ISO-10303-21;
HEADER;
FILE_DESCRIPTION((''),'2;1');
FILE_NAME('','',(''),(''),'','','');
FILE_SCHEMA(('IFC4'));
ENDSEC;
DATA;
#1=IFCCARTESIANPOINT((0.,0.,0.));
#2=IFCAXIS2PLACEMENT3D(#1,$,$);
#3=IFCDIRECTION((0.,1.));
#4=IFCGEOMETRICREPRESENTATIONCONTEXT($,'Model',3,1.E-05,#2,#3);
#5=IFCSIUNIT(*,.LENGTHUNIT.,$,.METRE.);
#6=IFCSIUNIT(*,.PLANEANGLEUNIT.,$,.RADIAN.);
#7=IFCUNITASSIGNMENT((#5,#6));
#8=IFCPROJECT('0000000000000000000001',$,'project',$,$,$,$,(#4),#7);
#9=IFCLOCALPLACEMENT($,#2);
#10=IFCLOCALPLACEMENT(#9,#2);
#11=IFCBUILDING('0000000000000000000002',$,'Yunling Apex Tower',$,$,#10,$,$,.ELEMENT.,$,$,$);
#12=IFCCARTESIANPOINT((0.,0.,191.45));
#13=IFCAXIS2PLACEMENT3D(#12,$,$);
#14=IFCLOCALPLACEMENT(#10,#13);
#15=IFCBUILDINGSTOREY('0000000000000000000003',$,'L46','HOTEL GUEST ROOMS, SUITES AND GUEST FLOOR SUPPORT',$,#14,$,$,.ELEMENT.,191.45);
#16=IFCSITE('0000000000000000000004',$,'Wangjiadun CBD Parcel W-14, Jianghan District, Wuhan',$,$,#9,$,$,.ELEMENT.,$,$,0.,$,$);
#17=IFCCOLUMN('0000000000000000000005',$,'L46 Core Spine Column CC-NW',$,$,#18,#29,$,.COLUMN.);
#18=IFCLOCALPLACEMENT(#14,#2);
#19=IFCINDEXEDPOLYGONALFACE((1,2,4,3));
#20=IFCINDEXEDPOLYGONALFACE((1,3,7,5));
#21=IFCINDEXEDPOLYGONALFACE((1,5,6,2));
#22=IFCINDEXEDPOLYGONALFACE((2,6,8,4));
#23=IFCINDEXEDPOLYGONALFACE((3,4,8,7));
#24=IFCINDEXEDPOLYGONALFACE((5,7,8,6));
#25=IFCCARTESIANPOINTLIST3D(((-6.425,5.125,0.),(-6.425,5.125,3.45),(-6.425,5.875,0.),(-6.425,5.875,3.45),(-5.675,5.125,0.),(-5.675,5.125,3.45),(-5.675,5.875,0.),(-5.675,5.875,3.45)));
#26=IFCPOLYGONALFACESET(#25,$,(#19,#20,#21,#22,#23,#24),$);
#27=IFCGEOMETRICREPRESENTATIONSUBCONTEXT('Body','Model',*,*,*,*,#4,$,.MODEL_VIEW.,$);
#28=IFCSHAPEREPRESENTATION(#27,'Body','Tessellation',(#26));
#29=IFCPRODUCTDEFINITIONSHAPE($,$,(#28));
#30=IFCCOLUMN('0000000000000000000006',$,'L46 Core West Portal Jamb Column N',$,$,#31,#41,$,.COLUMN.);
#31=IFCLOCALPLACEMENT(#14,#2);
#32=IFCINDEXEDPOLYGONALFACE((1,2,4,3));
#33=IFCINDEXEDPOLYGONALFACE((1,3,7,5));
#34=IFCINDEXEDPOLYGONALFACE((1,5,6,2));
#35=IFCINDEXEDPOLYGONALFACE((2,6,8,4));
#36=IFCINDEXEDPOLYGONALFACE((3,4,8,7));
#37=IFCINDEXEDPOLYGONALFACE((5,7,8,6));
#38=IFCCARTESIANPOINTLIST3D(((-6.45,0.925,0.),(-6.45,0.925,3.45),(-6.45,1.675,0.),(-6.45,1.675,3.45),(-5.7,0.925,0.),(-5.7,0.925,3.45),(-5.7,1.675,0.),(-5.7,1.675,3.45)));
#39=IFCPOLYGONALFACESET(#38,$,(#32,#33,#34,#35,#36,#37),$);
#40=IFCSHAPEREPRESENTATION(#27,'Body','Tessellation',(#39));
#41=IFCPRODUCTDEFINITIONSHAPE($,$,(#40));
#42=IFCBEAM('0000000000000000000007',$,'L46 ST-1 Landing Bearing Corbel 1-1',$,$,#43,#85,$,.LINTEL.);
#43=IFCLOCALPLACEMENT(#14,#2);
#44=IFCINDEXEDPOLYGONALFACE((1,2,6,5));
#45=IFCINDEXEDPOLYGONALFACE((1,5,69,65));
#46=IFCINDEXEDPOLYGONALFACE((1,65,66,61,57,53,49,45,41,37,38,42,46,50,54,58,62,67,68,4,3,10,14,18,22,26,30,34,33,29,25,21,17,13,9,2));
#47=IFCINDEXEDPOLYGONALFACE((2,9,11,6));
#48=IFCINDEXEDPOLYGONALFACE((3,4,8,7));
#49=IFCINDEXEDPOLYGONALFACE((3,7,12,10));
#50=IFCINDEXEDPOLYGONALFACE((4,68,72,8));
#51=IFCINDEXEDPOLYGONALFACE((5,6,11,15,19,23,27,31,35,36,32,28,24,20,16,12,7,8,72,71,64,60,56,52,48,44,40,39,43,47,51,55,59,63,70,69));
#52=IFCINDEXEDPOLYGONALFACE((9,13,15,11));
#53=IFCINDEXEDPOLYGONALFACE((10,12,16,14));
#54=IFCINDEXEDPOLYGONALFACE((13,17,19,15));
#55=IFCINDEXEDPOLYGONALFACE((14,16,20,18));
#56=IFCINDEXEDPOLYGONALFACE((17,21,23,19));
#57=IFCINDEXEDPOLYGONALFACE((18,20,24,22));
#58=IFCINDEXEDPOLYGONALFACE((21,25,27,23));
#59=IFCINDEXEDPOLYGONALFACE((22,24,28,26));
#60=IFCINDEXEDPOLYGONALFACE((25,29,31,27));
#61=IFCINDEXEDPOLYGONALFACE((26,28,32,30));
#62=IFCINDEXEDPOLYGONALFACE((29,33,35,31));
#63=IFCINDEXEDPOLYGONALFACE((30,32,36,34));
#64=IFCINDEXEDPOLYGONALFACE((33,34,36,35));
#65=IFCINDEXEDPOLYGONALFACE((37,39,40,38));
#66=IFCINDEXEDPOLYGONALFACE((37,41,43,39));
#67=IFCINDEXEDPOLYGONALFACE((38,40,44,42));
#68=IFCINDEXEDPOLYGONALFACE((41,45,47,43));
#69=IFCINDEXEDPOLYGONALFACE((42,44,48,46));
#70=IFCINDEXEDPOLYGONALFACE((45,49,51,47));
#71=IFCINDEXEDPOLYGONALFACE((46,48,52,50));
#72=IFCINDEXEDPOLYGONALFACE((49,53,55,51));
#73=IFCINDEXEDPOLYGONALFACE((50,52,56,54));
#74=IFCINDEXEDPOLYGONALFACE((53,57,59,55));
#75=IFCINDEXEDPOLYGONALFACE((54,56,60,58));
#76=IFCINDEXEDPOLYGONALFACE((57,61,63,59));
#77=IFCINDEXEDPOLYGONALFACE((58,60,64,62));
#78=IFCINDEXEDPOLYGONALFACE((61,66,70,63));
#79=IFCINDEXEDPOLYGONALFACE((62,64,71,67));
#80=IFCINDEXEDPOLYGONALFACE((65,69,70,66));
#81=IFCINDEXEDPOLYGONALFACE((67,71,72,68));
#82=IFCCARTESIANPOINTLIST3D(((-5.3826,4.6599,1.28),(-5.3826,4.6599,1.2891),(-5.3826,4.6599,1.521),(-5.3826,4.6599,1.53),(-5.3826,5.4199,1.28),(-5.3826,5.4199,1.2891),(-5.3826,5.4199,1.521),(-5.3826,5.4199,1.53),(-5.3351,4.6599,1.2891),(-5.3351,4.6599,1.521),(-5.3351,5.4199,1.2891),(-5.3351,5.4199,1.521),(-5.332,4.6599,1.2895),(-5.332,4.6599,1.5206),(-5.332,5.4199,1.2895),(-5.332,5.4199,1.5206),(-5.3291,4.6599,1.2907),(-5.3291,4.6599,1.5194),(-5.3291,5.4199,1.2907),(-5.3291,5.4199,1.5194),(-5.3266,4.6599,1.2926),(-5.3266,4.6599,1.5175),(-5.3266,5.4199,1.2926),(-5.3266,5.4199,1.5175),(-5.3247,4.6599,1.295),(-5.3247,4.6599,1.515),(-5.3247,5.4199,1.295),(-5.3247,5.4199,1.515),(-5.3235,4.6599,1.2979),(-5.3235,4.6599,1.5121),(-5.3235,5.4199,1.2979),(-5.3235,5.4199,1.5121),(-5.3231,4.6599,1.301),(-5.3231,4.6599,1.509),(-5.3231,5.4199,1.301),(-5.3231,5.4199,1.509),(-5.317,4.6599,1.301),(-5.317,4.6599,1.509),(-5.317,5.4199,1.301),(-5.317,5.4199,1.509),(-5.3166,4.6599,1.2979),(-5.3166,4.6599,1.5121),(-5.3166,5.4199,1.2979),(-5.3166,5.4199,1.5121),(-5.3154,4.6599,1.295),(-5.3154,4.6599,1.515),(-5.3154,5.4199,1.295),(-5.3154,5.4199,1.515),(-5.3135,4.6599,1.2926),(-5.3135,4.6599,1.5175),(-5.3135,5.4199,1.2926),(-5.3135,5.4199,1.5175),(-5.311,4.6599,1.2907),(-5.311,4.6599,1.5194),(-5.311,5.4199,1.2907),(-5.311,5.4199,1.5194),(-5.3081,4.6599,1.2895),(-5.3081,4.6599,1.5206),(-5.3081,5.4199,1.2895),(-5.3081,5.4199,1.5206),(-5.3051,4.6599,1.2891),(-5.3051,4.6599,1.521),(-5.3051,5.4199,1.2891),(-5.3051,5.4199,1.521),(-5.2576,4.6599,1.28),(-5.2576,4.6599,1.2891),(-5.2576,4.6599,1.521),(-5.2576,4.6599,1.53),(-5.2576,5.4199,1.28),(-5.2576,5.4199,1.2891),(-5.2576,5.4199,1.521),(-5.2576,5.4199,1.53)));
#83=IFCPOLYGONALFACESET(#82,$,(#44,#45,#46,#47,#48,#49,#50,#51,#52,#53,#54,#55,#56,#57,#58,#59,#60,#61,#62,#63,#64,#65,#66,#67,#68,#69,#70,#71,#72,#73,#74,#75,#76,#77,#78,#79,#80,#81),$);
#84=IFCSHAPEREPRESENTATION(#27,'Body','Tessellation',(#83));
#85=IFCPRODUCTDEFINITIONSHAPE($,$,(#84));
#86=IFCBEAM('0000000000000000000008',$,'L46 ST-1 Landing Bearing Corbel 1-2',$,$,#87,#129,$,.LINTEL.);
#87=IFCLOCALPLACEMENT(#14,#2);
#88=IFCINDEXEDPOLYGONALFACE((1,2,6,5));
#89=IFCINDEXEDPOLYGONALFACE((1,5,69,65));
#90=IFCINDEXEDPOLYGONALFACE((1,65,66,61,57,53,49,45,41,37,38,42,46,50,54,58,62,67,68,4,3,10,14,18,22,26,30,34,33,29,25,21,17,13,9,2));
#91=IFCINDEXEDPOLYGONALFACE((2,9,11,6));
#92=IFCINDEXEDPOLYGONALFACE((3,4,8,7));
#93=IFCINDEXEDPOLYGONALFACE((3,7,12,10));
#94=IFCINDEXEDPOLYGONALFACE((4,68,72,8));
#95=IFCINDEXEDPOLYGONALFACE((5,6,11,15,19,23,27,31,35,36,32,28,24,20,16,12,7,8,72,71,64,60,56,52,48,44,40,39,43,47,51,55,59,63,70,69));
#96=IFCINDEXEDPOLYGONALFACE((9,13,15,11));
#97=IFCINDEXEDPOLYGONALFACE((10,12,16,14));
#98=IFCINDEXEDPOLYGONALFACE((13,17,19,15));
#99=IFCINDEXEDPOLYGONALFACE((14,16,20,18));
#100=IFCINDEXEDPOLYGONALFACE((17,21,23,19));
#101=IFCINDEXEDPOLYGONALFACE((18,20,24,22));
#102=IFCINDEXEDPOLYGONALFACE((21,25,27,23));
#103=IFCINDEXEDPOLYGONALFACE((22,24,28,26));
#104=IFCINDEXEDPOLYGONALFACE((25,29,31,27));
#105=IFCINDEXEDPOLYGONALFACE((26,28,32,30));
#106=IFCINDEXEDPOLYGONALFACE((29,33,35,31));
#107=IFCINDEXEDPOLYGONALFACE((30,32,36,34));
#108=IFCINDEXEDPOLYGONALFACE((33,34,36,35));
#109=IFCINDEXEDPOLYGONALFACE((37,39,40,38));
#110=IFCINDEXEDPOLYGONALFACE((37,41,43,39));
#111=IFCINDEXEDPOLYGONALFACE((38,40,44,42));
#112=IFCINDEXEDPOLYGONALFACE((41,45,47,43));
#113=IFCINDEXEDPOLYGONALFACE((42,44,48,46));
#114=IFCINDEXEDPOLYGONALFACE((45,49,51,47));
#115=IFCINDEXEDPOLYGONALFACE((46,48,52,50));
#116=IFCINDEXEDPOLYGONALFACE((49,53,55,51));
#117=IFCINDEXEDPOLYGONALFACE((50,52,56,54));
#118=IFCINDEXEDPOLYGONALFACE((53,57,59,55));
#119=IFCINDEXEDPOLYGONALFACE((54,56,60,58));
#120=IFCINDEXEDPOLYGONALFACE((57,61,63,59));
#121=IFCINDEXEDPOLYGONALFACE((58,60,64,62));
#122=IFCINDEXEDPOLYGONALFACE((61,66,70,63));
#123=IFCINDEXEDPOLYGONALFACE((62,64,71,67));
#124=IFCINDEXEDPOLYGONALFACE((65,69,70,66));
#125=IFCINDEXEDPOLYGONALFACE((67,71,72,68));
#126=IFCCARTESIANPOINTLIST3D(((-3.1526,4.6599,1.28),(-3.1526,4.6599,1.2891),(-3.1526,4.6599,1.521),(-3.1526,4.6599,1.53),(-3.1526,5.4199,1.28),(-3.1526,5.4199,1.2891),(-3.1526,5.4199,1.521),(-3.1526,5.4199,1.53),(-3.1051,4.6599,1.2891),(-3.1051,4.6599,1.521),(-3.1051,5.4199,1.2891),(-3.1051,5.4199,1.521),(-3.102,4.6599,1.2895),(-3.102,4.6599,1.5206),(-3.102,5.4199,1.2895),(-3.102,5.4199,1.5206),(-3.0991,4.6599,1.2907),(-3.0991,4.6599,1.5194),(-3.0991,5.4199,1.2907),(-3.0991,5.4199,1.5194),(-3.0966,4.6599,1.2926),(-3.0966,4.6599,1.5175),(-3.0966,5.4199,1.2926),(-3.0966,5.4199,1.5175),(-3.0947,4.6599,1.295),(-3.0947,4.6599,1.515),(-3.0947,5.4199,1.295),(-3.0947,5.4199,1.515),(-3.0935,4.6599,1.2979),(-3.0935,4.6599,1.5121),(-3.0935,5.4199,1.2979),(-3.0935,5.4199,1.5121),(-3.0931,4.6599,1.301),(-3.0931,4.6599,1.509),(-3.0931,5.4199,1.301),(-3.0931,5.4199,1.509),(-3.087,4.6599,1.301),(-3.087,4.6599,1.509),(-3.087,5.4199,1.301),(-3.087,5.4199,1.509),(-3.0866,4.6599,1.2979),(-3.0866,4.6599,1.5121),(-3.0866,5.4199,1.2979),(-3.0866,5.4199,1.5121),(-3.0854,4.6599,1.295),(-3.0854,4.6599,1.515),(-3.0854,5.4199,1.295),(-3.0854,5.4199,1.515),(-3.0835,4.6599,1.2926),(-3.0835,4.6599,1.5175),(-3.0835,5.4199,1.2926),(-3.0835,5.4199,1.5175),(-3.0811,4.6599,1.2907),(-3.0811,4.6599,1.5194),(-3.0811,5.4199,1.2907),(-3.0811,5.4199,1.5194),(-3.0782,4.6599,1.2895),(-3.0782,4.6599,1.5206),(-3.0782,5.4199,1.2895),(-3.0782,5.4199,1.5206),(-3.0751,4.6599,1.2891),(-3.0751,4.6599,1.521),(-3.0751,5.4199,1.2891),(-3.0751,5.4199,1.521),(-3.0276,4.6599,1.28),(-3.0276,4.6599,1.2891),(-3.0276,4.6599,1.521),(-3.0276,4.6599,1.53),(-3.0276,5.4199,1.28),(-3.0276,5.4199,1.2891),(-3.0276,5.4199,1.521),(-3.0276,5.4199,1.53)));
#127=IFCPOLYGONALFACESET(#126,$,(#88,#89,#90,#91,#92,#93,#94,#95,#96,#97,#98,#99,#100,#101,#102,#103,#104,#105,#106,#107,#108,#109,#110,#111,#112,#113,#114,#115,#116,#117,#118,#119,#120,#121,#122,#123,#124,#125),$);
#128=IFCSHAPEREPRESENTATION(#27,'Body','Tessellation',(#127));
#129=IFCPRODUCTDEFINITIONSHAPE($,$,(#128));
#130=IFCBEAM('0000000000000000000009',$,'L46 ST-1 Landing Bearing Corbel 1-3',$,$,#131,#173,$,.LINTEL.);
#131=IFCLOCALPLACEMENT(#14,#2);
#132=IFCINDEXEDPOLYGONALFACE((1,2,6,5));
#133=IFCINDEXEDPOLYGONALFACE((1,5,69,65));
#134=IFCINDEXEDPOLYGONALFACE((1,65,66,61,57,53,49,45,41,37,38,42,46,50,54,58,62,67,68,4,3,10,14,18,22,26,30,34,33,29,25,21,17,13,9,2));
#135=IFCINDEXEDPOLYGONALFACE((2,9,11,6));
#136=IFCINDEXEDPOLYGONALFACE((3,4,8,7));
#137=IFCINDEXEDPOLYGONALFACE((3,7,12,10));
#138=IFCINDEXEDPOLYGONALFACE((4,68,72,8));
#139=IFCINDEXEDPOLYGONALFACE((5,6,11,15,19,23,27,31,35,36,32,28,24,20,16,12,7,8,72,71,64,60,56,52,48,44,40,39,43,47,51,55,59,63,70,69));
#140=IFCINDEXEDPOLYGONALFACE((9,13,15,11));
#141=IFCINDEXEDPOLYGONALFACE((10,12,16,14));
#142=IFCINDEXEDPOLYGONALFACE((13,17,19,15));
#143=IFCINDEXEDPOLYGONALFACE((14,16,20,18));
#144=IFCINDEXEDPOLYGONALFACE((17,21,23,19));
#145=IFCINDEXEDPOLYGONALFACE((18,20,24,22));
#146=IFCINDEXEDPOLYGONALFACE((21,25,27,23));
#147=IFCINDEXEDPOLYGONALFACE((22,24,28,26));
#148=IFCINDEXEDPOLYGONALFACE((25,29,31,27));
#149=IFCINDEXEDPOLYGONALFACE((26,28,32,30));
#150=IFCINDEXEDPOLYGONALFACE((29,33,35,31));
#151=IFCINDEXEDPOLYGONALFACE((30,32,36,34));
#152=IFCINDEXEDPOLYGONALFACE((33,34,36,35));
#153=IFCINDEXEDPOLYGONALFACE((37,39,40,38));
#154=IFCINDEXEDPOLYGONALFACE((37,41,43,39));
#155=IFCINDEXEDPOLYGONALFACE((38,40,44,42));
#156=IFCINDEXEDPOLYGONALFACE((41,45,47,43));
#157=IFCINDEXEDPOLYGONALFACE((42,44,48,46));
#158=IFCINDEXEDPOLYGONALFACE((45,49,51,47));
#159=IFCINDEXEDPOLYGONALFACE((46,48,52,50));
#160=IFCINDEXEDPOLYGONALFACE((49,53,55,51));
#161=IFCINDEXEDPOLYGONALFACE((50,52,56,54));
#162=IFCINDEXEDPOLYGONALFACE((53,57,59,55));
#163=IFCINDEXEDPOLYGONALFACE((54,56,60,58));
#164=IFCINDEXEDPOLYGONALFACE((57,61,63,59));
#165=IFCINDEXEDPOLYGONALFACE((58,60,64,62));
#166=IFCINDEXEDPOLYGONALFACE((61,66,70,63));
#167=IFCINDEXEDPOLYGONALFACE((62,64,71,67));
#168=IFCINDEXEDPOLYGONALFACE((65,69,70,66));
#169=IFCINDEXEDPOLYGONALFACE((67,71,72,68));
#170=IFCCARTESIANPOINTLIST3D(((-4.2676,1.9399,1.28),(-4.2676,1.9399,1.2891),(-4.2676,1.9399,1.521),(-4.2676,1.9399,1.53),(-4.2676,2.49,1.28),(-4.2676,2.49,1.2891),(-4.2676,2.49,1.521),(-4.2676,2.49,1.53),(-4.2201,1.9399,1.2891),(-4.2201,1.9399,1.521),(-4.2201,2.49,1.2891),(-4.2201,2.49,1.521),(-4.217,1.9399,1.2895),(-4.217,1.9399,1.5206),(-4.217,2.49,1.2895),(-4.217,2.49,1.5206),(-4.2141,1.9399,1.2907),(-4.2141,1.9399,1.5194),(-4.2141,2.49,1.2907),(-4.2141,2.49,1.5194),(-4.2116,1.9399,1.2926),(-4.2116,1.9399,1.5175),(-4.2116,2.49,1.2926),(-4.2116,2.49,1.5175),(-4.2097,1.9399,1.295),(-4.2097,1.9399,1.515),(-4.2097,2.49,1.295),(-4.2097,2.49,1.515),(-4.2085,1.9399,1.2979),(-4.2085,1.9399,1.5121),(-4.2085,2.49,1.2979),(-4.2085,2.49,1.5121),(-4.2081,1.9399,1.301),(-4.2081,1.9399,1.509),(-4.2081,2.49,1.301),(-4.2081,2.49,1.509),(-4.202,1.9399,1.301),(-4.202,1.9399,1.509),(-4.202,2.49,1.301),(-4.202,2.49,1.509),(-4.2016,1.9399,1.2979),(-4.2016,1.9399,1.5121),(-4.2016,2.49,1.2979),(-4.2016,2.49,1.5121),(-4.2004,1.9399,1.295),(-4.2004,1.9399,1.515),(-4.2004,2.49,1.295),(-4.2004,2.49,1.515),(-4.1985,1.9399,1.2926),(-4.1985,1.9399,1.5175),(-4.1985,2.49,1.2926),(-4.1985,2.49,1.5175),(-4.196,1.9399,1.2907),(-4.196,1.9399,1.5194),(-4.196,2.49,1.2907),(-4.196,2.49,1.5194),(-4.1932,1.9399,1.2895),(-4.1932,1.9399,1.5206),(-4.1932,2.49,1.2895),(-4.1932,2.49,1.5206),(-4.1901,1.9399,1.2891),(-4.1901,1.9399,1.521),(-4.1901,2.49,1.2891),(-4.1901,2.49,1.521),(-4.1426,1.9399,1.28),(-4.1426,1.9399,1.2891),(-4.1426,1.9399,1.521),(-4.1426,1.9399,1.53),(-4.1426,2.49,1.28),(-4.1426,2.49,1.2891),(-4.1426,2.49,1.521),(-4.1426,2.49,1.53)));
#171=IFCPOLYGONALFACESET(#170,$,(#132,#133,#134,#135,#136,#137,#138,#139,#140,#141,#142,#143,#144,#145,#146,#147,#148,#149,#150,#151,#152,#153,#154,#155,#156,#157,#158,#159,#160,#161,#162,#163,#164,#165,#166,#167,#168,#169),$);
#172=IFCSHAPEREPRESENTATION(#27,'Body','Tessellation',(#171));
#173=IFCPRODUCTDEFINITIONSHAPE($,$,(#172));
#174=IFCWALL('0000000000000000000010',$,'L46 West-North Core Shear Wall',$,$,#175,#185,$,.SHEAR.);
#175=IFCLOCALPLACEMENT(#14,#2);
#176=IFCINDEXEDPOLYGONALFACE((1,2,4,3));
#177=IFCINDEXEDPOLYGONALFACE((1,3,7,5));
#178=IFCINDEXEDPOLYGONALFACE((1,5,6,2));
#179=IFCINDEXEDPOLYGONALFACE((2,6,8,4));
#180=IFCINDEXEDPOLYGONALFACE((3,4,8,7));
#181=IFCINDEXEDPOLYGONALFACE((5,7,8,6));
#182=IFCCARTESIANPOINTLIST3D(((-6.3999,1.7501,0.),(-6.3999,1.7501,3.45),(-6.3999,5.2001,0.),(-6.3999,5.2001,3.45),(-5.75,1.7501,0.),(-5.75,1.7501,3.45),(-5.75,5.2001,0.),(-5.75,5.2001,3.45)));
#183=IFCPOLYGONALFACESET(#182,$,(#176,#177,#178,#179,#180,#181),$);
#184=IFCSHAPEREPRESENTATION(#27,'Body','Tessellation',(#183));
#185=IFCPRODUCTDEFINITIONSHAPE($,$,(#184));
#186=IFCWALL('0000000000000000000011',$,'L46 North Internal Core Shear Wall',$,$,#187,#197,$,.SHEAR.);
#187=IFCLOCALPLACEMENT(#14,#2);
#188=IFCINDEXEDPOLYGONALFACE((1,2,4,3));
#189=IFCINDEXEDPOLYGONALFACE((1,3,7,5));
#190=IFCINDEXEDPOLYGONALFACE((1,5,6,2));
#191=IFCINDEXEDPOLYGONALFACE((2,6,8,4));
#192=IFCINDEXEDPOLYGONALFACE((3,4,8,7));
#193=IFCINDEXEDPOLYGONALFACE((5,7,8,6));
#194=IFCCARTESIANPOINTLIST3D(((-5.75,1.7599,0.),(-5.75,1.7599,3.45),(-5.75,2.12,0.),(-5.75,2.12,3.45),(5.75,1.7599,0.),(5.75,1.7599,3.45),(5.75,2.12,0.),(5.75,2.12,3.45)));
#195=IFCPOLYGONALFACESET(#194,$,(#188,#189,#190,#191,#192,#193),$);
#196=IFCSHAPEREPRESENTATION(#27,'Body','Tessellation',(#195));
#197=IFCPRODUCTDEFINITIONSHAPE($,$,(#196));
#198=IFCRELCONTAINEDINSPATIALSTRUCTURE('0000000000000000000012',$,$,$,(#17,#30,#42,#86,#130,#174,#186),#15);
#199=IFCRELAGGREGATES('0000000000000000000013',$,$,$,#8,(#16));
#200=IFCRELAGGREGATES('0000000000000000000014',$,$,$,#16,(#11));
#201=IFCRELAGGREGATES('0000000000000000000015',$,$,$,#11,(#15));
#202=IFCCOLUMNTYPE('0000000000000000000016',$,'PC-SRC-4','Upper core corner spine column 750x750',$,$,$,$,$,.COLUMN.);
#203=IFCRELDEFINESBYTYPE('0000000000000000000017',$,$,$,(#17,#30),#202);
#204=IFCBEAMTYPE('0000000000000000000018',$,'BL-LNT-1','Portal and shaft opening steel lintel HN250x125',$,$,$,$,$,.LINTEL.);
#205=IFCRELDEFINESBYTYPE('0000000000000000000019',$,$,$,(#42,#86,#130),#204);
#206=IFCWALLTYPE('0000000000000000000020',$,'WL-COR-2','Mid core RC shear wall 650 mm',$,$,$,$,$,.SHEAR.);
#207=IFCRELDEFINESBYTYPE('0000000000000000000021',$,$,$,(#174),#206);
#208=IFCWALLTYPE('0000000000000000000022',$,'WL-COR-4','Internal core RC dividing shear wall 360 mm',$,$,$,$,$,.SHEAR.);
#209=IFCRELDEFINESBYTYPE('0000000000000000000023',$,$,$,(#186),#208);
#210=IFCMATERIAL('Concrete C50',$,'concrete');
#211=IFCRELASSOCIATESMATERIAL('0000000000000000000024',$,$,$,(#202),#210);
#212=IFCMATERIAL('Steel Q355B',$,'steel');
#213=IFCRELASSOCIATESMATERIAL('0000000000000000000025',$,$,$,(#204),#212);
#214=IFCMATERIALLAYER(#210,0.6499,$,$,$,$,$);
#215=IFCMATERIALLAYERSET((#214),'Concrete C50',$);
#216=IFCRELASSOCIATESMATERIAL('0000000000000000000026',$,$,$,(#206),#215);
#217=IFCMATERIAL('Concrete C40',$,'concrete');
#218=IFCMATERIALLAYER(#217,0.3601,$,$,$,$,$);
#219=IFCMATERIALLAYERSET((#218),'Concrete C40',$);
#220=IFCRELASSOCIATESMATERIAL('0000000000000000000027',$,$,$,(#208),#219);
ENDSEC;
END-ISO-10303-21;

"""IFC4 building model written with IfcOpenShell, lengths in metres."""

from ifc_helpers import new_model, si_unit, direction, frame, frame_2d, origin, origin_2d, place, context, subcontext, project, spatial, rectangle, i_section, extrude, source, transform, mapped, material, layer, layer_set, material_profile, profile_set, type_object, element, save


model = new_model("IFC4")

# Units and contexts
model_context = context("Model", 3, precision=1e-05, world=origin(), true_north=direction((0.0, 1.0)))
body_context = subcontext(model_context, "Body", "Model", "MODEL_VIEW")
ifc_project = project(units=[si_unit("LENGTHUNIT", "METRE"), si_unit("PLANEANGLEUNIT", "RADIAN")], contexts=[model_context])

# Site, building, storey
site_placement = place(None, origin())
site = spatial("IfcSite", under=ifc_project, at=site_placement, Name="Wangjiadun CBD Parcel W-14, Jianghan District, Wuhan", CompositionType="ELEMENT", RefElevation=0.0)
building_placement = place(site_placement, origin())
building = spatial("IfcBuilding", under=site, at=building_placement, Name="Yunling Apex Tower", CompositionType="ELEMENT")
storey_placement = place(building_placement, frame((0.0, 0.0, 191.45)))
storey = spatial("IfcBuildingStorey", under=building, at=storey_placement, Name="L46", Description="HOTEL GUEST ROOMS, SUITES AND GUEST FLOOR SUPPORT", CompositionType="ELEMENT", Elevation=191.45)

# Columns
ifc_material_1 = material(Name="Concrete C50", Category="concrete")
ifc_material_profile_1 = material_profile(ifc_material_1, rectangle(XDim=0.75, YDim=0.75, at=origin_2d()))
ifc_profile_set_1 = profile_set([ifc_material_profile_1], Name="Concrete C50")
column_type = type_object("IfcColumnType", Name="PC-SRC-4", Description="Upper core corner spine column 750x750", PredefinedType="COLUMN", material=ifc_profile_set_1)
shared_shape_1 = source(origin(), body_context, "Body", "SweptSolid", [
    extrude(rectangle(XDim=0.75, YDim=0.75, at=origin_2d()), origin(), (0.0, 0.0, 1.0), 3.45),
])
for number, where, z_axis, x_axis, name in (
    (1, (-6.05, 5.5, 0.0), (0.0, 0.0, 1.0), (1.0, 0.0, 0.0), "L46 Core Spine Column CC-NW"),
    (2, (-6.075, 1.3, 0.0), (0.0, 0.0, 1.0), (1.0, 0.0, 0.0), "L46 Core West Portal Jamb Column N"),
):
    element("IfcColumn", number, at=place(storey_placement, frame(where, z_axis=z_axis, x_axis=x_axis)), inside=storey, type_object=column_type, Name=name, PredefinedType="COLUMN", context=body_context, shape_type="MappedRepresentation", body=[
        mapped(shared_shape_1, transform((0.0, 0.0, 0.0), scale=1.0)),
    ])

# Beams
ifc_material_2 = material(Name="Steel Q355B", Category="steel")
ifc_material_profile_2 = material_profile(ifc_material_2, i_section(OverallWidth=0.125, OverallDepth=0.25, WebThickness=0.0061, FlangeThickness=0.009, FilletRadius=0.012, at=origin_2d()))
ifc_profile_set_2 = profile_set([ifc_material_profile_2], Name="Steel Q355B")
beam_type = type_object("IfcBeamType", Name="BL-LNT-1", Description="Portal and shaft opening steel lintel HN250x125", PredefinedType="LINTEL", material=ifc_profile_set_2)
shared_shape_2 = source(origin(), body_context, "Body", "SweptSolid", [
    extrude(i_section(OverallWidth=0.125, OverallDepth=0.25, WebThickness=0.0061, FlangeThickness=0.009, FilletRadius=0.012, at=origin_2d()), origin(), (0.0, 0.0, 1.0), 0.76),
])
for number, where, z_axis, x_axis, name in (
    (3, (-5.3201, 5.4199, 1.405), (0.0, -1.0, 0.0), (1.0, 0.0, 0.0), "L46 ST-1 Landing Bearing Corbel 1-1"),
    (4, (-3.0901, 5.4199, 1.405), (0.0, -1.0, 0.0), (1.0, 0.0, 0.0), "L46 ST-1 Landing Bearing Corbel 1-2"),
):
    element("IfcBeam", number, at=place(storey_placement, frame(where, z_axis=z_axis, x_axis=x_axis)), inside=storey, type_object=beam_type, Name=name, PredefinedType="LINTEL", context=body_context, shape_type="MappedRepresentation", body=[
        mapped(shared_shape_2, transform((0.0, 0.0, 0.0), scale=1.0)),
    ])
shared_shape_3 = source(origin(), body_context, "Body", "SweptSolid", [
    extrude(i_section(OverallWidth=0.125, OverallDepth=0.25, WebThickness=0.0061, FlangeThickness=0.009, FilletRadius=0.012, at=origin_2d()), origin(), (0.0, 0.0, 1.0), 0.55),
])
beam_placement = place(storey_placement, frame((-4.2051, 1.9399, 1.405), z_axis=(0.0, 1.0, 0.0), x_axis=(-1.0, 0.0, 0.0)))
element("IfcBeam", 5, at=beam_placement, inside=storey, type_object=beam_type, Name="L46 ST-1 Landing Bearing Corbel 1-3", PredefinedType="LINTEL", context=body_context, shape_type="MappedRepresentation", body=[
    mapped(shared_shape_3, transform((0.0, 0.0, 0.0), scale=1.0)),
])

# Walls
ifc_layer_1 = layer(ifc_material_1, 0.6499)
ifc_layer_set_1 = layer_set([ifc_layer_1], Name="Concrete C50")
wall_type_1 = type_object("IfcWallType", Name="WL-COR-2", Description="Mid core RC shear wall 650 mm", PredefinedType="SHEAR", material=ifc_layer_set_1)
wall_1_placement = place(storey_placement, frame((-6.075, 1.75, 0.0), z_axis=(0.0, 0.0, 1.0), x_axis=(0.0, 1.0, 0.0)))
element("IfcWall", 6, at=wall_1_placement, inside=storey, type_object=wall_type_1, Name="L46 West-North Core Shear Wall", PredefinedType="SHEAR", context=body_context, shape_type="SweptSolid", body=[
    extrude(rectangle(XDim=3.45, YDim=0.6499, at=frame_2d((1.7251, 0.0))), origin(), (0.0, 0.0, 1.0), 3.45),
])
ifc_material_3 = material(Name="Concrete C40", Category="concrete")
ifc_layer_2 = layer(ifc_material_3, 0.3601)
ifc_layer_set_2 = layer_set([ifc_layer_2], Name="Concrete C40")
wall_type_2 = type_object("IfcWallType", Name="WL-COR-4", Description="Internal core RC dividing shear wall 360 mm", PredefinedType="SHEAR", material=ifc_layer_set_2)
wall_2_placement = place(storey_placement, frame((-5.75, 1.9399, 0.0), z_axis=(0.0, 0.0, 1.0), x_axis=(1.0, 0.0, 0.0)))
element("IfcWall", 7, at=wall_2_placement, inside=storey, type_object=wall_type_2, Name="L46 North Internal Core Shear Wall", PredefinedType="SHEAR", context=body_context, shape_type="SweptSolid", body=[
    extrude(rectangle(XDim=11.5, YDim=0.3601, at=frame_2d((5.75, 0.0))), origin(), (0.0, 0.0, 1.0), 3.45),
])

save(model, "model.ifc")
